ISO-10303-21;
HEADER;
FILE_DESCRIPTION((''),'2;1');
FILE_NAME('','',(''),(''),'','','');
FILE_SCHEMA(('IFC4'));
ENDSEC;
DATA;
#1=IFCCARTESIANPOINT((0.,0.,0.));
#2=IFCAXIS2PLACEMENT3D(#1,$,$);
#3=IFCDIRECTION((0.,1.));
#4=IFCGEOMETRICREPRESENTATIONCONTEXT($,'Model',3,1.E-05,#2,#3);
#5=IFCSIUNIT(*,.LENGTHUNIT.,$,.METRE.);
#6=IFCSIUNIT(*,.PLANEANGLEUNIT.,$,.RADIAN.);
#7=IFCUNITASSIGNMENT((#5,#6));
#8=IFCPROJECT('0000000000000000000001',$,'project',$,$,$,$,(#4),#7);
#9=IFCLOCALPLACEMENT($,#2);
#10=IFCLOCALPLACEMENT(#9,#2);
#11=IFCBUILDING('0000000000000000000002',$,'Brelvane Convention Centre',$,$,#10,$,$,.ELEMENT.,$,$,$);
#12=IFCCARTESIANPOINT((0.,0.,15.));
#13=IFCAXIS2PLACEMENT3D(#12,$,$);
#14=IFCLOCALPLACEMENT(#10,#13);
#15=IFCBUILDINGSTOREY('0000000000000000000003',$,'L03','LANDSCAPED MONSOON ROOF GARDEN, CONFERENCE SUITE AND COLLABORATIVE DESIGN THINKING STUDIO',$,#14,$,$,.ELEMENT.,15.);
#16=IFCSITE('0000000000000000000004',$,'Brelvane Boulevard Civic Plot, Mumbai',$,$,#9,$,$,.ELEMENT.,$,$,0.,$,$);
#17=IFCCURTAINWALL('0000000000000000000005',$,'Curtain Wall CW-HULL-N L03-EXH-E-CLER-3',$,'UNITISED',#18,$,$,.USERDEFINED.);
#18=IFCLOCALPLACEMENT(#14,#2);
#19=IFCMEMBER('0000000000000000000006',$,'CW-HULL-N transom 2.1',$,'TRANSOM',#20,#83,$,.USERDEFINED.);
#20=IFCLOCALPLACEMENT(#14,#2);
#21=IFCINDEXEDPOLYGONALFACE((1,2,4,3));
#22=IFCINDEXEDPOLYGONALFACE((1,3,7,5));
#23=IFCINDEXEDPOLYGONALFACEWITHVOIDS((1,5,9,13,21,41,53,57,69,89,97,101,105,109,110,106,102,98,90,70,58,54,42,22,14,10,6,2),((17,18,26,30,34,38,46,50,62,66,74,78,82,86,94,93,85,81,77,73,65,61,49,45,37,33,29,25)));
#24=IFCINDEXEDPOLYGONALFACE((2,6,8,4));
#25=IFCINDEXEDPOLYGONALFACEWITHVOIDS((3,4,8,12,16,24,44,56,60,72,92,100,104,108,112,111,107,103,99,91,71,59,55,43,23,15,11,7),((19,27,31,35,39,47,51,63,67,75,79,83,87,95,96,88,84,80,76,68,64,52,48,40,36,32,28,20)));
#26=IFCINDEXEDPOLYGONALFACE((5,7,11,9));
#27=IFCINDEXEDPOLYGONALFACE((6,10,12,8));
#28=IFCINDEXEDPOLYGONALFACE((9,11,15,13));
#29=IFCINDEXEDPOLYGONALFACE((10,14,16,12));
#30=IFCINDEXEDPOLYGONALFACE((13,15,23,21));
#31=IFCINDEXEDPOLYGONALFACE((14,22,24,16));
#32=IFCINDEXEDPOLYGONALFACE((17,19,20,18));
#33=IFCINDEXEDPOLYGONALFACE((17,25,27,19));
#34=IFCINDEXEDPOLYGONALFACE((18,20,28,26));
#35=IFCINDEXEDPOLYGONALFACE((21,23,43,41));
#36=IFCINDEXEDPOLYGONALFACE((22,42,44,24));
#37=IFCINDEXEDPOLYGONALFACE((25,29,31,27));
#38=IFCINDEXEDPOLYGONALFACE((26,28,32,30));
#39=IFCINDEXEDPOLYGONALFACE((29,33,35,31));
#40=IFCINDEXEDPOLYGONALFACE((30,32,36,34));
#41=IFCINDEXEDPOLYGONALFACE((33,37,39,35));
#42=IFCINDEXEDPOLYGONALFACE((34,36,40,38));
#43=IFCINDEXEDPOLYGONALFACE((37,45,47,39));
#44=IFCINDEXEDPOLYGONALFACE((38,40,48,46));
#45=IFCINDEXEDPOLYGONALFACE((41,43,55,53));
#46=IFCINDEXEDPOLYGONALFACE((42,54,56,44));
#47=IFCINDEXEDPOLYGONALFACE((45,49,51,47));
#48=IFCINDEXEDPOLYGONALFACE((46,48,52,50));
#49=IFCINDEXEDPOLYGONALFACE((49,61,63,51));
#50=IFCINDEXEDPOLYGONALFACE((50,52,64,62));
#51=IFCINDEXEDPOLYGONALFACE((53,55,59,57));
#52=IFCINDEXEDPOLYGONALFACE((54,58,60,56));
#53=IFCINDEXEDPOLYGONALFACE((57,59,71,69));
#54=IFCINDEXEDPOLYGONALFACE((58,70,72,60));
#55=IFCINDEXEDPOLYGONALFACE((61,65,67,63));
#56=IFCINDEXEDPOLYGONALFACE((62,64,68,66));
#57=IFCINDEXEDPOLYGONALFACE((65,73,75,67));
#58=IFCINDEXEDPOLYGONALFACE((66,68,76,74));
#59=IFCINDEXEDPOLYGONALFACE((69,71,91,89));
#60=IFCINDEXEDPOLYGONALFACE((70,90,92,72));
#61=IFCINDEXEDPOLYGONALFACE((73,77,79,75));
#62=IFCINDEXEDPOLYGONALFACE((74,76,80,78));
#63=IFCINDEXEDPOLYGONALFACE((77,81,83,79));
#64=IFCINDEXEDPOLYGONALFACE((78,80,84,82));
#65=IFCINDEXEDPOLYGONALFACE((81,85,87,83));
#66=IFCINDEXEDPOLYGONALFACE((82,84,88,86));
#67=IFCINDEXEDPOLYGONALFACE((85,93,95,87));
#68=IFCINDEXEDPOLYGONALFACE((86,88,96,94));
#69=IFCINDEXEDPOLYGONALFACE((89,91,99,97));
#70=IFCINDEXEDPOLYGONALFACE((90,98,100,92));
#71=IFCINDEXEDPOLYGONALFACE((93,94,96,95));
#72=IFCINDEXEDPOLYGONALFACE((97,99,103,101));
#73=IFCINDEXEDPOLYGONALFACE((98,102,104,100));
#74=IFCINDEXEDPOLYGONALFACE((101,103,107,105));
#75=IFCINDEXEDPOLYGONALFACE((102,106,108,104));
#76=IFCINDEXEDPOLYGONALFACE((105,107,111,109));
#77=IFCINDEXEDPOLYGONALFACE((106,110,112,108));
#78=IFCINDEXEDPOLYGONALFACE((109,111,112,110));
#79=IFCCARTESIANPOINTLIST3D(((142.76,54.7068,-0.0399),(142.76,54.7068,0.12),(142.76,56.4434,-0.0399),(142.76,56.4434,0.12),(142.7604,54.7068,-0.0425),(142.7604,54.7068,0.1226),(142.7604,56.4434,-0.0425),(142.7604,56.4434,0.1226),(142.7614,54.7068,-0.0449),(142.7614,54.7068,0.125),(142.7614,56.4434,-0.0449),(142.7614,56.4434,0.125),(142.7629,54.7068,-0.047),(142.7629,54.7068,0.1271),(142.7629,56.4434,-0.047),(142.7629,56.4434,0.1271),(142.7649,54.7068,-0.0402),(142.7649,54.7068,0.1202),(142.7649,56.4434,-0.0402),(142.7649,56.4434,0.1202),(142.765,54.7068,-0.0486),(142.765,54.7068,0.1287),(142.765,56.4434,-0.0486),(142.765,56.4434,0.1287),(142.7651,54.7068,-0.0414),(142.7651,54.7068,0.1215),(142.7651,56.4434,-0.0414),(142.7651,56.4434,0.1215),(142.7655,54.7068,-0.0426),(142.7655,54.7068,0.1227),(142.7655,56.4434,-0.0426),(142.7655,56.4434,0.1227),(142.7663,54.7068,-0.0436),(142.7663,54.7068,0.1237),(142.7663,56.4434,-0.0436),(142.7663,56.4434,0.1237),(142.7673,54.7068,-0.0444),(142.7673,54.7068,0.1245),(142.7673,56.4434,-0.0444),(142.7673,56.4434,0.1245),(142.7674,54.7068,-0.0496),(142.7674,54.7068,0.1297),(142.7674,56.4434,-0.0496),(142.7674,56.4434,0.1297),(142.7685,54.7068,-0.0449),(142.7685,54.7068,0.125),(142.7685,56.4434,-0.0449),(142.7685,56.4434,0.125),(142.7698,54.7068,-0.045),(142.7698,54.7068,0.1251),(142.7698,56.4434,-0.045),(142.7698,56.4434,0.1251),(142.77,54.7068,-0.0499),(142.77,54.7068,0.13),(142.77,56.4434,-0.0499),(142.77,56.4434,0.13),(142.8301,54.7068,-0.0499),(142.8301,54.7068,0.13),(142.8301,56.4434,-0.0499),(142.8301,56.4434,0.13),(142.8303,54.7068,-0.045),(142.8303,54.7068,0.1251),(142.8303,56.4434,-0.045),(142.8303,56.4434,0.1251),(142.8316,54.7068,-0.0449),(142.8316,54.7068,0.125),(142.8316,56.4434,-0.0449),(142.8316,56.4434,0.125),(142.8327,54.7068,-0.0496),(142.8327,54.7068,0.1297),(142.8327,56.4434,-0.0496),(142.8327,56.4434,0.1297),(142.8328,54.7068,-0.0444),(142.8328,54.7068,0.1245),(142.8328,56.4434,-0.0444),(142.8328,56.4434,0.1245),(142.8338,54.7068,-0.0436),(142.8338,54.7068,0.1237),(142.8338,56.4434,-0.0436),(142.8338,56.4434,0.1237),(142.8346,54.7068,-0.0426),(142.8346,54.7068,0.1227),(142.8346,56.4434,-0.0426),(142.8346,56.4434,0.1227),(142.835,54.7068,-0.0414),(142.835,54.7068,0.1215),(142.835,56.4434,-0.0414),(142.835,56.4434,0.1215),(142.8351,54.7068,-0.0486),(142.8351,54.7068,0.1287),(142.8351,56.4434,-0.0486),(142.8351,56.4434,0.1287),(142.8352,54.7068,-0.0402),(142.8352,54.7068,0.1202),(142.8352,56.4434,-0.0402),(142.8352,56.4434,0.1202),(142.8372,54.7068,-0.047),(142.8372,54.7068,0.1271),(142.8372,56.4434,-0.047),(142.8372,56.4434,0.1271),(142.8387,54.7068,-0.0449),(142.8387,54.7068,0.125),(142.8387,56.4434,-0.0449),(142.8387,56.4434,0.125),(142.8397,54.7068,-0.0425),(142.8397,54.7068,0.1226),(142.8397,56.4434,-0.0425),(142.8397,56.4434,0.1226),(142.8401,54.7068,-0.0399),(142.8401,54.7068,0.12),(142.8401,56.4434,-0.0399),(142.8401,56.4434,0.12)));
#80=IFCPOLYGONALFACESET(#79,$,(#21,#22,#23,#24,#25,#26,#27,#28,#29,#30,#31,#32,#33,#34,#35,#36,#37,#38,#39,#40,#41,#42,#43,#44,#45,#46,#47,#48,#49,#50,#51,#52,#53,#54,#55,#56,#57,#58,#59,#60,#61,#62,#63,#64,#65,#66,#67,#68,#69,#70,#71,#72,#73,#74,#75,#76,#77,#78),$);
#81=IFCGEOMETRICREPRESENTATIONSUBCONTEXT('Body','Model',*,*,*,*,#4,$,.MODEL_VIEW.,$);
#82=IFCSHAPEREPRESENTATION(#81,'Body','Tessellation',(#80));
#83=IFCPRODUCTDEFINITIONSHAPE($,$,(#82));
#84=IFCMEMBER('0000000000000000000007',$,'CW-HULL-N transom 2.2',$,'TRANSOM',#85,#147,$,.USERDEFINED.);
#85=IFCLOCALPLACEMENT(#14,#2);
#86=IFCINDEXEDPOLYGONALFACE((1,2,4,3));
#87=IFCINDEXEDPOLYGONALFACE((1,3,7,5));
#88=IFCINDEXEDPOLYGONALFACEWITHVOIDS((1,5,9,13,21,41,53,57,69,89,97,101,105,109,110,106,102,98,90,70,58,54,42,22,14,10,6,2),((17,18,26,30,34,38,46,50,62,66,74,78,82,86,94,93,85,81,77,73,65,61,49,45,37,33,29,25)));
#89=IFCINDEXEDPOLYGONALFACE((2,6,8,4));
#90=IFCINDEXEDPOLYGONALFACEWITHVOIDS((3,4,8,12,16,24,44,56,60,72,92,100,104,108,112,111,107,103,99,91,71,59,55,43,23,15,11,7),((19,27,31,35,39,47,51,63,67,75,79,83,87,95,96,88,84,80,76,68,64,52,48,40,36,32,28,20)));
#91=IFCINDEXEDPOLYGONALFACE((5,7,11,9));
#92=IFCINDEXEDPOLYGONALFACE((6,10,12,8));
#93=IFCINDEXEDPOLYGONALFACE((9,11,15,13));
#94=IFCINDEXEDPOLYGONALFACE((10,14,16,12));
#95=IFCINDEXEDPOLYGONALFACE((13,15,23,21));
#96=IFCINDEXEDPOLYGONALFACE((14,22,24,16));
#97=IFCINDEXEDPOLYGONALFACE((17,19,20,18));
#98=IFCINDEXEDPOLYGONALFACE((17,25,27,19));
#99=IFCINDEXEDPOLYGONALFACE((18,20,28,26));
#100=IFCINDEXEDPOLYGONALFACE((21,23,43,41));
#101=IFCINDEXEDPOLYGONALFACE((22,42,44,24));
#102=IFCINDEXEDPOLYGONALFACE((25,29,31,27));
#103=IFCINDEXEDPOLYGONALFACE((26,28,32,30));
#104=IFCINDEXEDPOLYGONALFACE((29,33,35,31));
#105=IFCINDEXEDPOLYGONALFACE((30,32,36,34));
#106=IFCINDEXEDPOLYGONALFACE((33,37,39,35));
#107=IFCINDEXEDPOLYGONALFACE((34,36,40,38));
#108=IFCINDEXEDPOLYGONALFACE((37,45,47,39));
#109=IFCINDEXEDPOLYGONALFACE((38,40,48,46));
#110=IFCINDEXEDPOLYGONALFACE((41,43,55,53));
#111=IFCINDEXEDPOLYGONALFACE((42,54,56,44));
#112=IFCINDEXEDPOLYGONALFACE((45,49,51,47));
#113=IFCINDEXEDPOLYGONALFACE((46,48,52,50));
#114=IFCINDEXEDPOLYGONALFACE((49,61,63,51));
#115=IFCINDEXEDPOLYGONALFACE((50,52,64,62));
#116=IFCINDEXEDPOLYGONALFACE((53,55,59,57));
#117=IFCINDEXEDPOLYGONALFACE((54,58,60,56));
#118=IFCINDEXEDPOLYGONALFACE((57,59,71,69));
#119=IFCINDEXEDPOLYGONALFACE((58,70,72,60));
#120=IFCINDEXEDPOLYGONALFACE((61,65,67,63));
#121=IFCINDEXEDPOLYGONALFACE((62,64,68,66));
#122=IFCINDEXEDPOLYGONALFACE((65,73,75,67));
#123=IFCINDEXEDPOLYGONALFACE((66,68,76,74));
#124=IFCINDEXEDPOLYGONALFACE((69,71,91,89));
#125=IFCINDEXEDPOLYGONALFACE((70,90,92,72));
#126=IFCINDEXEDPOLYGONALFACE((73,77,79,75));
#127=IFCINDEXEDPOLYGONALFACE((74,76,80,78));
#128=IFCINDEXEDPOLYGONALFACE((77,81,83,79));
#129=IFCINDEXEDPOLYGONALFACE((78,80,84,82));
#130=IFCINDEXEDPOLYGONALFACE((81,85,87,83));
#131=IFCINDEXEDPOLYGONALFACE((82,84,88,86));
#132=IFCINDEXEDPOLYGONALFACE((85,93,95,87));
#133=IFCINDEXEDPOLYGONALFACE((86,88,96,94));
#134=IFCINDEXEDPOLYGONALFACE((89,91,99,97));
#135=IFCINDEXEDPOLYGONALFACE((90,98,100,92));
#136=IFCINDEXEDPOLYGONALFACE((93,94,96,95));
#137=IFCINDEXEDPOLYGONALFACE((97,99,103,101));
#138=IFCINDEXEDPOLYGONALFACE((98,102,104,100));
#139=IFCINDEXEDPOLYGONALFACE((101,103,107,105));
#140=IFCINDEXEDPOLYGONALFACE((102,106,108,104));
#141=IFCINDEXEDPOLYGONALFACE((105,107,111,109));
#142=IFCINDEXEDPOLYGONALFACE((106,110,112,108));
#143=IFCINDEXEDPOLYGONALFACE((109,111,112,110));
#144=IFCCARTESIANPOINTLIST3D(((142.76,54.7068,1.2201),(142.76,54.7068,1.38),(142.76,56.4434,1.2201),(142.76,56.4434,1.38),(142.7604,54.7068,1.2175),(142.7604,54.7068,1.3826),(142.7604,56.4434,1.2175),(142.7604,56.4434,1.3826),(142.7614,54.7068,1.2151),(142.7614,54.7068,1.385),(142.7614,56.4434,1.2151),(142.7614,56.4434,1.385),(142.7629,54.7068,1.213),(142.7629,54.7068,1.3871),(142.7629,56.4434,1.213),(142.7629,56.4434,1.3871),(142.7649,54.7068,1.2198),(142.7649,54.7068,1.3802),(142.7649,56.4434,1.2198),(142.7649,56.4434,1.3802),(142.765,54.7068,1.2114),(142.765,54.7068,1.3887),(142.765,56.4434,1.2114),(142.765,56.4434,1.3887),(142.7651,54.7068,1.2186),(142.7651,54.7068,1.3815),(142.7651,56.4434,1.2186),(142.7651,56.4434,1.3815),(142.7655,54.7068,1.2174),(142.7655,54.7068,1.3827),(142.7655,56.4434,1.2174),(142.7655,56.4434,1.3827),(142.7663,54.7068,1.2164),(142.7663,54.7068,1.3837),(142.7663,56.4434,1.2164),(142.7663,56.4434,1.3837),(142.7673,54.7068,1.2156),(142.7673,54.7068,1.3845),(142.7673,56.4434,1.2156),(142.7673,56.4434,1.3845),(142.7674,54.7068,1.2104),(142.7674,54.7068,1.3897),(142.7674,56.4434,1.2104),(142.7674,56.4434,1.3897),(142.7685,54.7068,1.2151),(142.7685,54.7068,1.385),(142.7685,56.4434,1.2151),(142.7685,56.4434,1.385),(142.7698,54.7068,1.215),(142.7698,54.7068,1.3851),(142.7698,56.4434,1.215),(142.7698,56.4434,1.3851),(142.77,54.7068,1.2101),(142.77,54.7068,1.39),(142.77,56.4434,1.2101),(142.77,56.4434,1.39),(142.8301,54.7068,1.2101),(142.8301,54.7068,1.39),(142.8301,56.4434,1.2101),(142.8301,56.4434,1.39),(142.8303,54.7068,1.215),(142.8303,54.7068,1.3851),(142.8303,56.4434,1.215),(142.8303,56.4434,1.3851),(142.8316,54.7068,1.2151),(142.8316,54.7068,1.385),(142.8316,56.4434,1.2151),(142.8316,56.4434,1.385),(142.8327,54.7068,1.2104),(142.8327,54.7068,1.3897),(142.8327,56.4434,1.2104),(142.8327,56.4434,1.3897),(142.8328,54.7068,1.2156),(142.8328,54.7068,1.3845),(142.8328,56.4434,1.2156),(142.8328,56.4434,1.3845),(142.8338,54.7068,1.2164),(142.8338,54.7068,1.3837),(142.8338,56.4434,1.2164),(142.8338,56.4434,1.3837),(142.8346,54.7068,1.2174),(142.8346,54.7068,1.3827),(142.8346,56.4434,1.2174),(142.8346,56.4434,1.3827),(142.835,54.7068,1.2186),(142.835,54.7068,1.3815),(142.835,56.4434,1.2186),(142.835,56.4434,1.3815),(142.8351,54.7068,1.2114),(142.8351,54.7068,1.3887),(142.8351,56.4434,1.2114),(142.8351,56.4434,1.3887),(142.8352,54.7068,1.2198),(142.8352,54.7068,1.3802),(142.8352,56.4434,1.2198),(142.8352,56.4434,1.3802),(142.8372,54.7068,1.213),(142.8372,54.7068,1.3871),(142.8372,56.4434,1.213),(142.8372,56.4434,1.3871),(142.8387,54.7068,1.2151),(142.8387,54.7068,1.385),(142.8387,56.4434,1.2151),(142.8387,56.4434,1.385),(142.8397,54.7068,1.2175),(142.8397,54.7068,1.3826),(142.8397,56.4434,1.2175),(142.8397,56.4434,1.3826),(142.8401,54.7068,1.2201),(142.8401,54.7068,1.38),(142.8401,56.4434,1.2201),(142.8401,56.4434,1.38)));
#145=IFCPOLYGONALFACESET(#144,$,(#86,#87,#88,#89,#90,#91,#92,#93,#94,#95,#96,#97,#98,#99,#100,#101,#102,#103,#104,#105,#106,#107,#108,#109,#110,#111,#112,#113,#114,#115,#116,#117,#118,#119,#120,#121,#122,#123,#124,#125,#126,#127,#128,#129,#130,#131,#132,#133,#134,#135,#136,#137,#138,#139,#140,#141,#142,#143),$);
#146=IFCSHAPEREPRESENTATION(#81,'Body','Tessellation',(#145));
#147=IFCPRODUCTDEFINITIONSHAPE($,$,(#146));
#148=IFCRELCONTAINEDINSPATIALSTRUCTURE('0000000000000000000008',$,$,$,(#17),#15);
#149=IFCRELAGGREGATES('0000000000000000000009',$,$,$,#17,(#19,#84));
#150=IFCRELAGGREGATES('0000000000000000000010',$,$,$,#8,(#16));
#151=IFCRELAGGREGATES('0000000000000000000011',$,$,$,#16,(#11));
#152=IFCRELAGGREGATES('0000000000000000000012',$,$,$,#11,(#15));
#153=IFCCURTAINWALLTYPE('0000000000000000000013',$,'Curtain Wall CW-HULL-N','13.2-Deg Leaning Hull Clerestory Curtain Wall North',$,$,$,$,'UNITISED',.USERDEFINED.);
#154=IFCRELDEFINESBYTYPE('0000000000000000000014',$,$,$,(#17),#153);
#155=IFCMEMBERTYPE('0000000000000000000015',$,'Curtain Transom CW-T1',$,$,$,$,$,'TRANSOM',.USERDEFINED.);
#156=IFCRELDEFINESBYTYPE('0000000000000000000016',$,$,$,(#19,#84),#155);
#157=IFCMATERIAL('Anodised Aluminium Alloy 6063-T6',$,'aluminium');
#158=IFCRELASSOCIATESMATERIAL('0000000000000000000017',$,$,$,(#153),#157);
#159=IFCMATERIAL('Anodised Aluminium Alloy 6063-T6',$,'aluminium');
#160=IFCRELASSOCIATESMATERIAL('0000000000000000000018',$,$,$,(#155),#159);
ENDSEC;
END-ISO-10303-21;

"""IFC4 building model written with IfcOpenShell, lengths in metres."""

from ifc_helpers import new_model, si_unit, direction, frame, origin, origin_2d, place, context, subcontext, project, spatial, hollow_rectangle, extrude, material, material_profile, profile_set, type_object, element, aggregate, save


model = new_model("IFC4")

# Units and contexts
model_context = context("Model", 3, precision=1e-05, world=origin(), true_north=direction((0.0, 1.0)))
body_context = subcontext(model_context, "Body", "Model", "MODEL_VIEW")
ifc_project = project(units=[si_unit("LENGTHUNIT", "METRE"), si_unit("PLANEANGLEUNIT", "RADIAN")], contexts=[model_context])

# Site, building, storey
site_placement = place(None, origin())
site = spatial("IfcSite", under=ifc_project, at=site_placement, Name="Brelvane Boulevard Civic Plot, Mumbai", CompositionType="ELEMENT", RefElevation=0.0)
building_placement = place(site_placement, origin())
building = spatial("IfcBuilding", under=site, at=building_placement, Name="Brelvane Convention Centre", CompositionType="ELEMENT")
storey_placement = place(building_placement, frame((0.0, 0.0, 15.0)))
storey = spatial("IfcBuildingStorey", under=building, at=storey_placement, Name="L03", Description="LANDSCAPED MONSOON ROOF GARDEN, CONFERENCE SUITE AND COLLABORATIVE DESIGN THINKING STUDIO", CompositionType="ELEMENT", Elevation=15.0)

# Curtain wall, members
ifc_material_1 = material(Name="Anodised Aluminium Alloy 6063-T6", Category="aluminium")
curtain_wall_type = type_object("IfcCurtainWallType", Name="Curtain Wall CW-HULL-N", Description="13.2-Deg Leaning Hull Clerestory Curtain Wall North", ElementType="UNITISED", PredefinedType="USERDEFINED", material=ifc_material_1)
curtain_wall_placement = place(storey_placement, origin())
curtain_wall = element("IfcCurtainWall", 1, at=curtain_wall_placement, inside=storey, type_object=curtain_wall_type, Name="Curtain Wall CW-HULL-N L03-EXH-E-CLER-3", ObjectType="UNITISED", PredefinedType="USERDEFINED")
ifc_material_2 = material(Name="Anodised Aluminium Alloy 6063-T6", Category="aluminium")
ifc_material_profile_1 = material_profile(ifc_material_2, hollow_rectangle(XDim=0.0801, YDim=0.1799, WallThickness=0.0049, InnerFilletRadius=0.0049, OuterFilletRadius=0.01, at=origin_2d()), Name="ALU-T 180x80x5.0")
ifc_profile_set_1 = profile_set([ifc_material_profile_1], Name="Anodised Aluminium Alloy 6063-T6")
member_type_1 = type_object("IfcMemberType", Name="Curtain Transom CW-T1", ElementType="TRANSOM", PredefinedType="USERDEFINED", material=ifc_profile_set_1)
member_1_placement = place(storey_placement, frame((142.8, 54.7068, 0.04), z_axis=(0.0, 1.0, 0.0), x_axis=(-1.0, 0.0, 0.0)))
member_1 = element("IfcMember", 2, at=member_1_placement, type_object=member_type_1, Name="CW-HULL-N transom 2.1", ObjectType="TRANSOM", PredefinedType="USERDEFINED", context=body_context, shape_type="SweptSolid", body=[
    extrude(hollow_rectangle(XDim=0.0801, YDim=0.1799, WallThickness=0.0049, InnerFilletRadius=0.0049, OuterFilletRadius=0.01, at=origin_2d()), origin(), (0.0, 0.0, 1.0), 1.7366),
])
member_2_placement = place(storey_placement, frame((142.8, 54.7068, 1.3), z_axis=(0.0, 1.0, 0.0), x_axis=(-1.0, 0.0, 0.0)))
member_2 = element("IfcMember", 3, at=member_2_placement, type_object=member_type_1, Name="CW-HULL-N transom 2.2", ObjectType="TRANSOM", PredefinedType="USERDEFINED", context=body_context, shape_type="SweptSolid", body=[
    extrude(hollow_rectangle(XDim=0.0801, YDim=0.1799, WallThickness=0.0049, InnerFilletRadius=0.0049, OuterFilletRadius=0.01, at=origin_2d()), origin(), (0.0, 0.0, 1.0), 1.7366),
])

aggregate(curtain_wall, [member_1, member_2])

save(model, "model.ifc")
